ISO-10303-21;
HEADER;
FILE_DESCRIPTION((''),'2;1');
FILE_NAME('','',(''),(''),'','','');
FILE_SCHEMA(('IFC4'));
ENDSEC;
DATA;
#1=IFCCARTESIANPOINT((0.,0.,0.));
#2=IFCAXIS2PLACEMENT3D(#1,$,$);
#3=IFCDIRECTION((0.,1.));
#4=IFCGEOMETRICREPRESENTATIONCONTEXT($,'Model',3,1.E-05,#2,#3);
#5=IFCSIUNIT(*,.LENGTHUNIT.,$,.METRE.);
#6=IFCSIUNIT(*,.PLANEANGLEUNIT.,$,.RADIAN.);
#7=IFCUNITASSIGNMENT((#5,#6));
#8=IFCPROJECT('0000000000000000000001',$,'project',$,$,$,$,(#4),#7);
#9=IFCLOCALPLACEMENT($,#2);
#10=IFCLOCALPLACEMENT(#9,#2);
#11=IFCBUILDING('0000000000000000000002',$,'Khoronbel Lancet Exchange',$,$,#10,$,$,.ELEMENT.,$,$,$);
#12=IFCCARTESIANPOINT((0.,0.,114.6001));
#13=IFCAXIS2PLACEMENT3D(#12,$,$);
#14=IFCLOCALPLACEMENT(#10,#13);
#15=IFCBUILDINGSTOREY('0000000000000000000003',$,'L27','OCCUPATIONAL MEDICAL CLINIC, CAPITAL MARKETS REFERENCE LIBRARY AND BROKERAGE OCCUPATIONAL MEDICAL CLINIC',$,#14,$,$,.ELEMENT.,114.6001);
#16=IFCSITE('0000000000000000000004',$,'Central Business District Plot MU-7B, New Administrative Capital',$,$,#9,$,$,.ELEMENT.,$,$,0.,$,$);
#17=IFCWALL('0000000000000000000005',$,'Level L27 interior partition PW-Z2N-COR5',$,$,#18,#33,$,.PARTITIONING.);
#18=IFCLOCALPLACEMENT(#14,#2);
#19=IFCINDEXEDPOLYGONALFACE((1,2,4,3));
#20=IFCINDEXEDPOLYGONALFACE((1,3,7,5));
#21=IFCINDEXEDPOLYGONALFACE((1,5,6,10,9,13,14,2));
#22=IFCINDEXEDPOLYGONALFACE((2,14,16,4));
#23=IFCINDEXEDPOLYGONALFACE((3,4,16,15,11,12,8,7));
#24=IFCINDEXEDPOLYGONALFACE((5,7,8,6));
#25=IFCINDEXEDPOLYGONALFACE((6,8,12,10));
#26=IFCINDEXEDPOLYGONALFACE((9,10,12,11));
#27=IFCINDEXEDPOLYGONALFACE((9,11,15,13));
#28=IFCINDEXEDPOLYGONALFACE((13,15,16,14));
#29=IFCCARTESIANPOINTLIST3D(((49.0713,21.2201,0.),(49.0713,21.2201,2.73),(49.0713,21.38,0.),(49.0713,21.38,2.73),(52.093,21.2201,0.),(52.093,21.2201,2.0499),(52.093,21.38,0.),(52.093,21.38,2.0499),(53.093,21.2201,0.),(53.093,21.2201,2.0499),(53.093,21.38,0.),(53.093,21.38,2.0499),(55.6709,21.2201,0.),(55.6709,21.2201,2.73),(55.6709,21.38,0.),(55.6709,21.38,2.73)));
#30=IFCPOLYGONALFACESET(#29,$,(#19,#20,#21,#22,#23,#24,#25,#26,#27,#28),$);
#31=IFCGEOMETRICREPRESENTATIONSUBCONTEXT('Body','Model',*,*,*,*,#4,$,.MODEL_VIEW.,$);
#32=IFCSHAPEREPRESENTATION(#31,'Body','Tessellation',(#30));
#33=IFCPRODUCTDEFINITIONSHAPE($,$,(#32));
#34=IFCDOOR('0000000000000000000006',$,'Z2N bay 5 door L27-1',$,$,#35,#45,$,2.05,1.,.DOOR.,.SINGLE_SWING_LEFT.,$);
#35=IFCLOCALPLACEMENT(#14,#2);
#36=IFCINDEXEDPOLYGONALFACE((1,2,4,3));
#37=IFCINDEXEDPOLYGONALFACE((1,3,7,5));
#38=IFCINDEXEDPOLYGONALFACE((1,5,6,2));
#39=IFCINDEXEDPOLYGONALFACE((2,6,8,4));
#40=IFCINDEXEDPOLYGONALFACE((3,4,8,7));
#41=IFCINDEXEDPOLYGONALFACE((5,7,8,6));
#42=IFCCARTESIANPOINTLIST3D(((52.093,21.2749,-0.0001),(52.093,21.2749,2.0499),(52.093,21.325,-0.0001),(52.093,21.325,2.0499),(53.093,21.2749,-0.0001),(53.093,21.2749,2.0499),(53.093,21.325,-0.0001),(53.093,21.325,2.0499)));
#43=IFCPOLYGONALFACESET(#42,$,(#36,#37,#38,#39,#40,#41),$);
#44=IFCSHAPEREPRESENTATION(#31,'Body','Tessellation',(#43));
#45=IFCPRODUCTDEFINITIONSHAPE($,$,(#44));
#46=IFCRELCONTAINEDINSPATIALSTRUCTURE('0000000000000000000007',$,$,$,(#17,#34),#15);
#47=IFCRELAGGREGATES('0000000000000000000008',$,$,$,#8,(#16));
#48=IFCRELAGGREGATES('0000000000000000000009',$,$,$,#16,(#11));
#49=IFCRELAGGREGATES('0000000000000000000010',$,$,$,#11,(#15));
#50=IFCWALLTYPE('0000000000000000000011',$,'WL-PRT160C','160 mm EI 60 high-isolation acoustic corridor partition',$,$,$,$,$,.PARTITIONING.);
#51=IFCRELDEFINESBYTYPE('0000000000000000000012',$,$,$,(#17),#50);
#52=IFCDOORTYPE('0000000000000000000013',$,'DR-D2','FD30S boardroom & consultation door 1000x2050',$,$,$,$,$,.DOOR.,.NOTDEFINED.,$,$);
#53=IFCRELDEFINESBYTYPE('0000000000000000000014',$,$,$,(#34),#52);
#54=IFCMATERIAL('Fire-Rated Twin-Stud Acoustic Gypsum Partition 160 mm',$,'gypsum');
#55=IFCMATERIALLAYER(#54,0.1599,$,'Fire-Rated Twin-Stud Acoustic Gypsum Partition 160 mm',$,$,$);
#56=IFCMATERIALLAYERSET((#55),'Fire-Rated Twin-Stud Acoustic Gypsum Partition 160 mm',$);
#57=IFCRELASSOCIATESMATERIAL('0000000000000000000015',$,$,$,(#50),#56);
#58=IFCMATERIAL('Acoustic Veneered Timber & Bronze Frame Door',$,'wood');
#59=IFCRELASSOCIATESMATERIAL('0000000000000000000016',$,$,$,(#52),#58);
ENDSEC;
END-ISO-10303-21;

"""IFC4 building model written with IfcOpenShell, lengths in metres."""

from ifc_helpers import new_model, si_unit, direction, frame, frame_2d, origin, place, context, subcontext, project, spatial, rectangle, extrude, material, layer, layer_set, type_object, element, fill, save


model = new_model("IFC4")

# Units and contexts
model_context = context("Model", 3, precision=1e-05, world=origin(), true_north=direction((0.0, 1.0)))
body_context = subcontext(model_context, "Body", "Model", "MODEL_VIEW")
ifc_project = project(units=[si_unit("LENGTHUNIT", "METRE"), si_unit("PLANEANGLEUNIT", "RADIAN")], contexts=[model_context])

# Site, building, storey
site_placement = place(None, origin())
site = spatial("IfcSite", under=ifc_project, at=site_placement, Name="Central Business District Plot MU-7B, New Administrative Capital", CompositionType="ELEMENT", RefElevation=0.0)
building_placement = place(site_placement, origin())
building = spatial("IfcBuilding", under=site, at=building_placement, Name="Khoronbel Lancet Exchange", CompositionType="ELEMENT")
storey_placement = place(building_placement, frame((0.0, 0.0, 114.6001)))
storey = spatial("IfcBuildingStorey", under=building, at=storey_placement, Name="L27", Description="OCCUPATIONAL MEDICAL CLINIC, CAPITAL MARKETS REFERENCE LIBRARY AND BROKERAGE OCCUPATIONAL MEDICAL CLINIC", CompositionType="ELEMENT", Elevation=114.6001)

# Wall, opening, door
ifc_material_1 = material(Name="Fire-Rated Twin-Stud Acoustic Gypsum Partition 160 mm", Category="gypsum")
ifc_layer_1 = layer(ifc_material_1, 0.1599, Name="Fire-Rated Twin-Stud Acoustic Gypsum Partition 160 mm")
ifc_layer_set_1 = layer_set([ifc_layer_1], Name="Fire-Rated Twin-Stud Acoustic Gypsum Partition 160 mm")
wall_type_1 = type_object("IfcWallType", Name="WL-PRT160C", Description="160 mm EI 60 high-isolation acoustic corridor partition", PredefinedType="PARTITIONING", material=ifc_layer_set_1)
ifc_material_2 = material(Name="Acoustic Veneered Timber & Bronze Frame Door", Category="wood")
door_type_1 = type_object("IfcDoorType", Name="DR-D2", Description="FD30S boardroom & consultation door 1000x2050", OperationType="NOTDEFINED", PredefinedType="DOOR", material=ifc_material_2)
wall_1_placement = place(storey_placement, frame((49.0713, 21.3, 0.0), z_axis=(0.0, 0.0, 1.0), x_axis=(1.0, 0.0, 0.0)))
wall_1 = element("IfcWall", 1, at=wall_1_placement, inside=storey, type_object=wall_type_1, Name="Level L27 interior partition PW-Z2N-COR5", PredefinedType="PARTITIONING", context=body_context, shape_type="SweptSolid", body=[
    extrude(rectangle(XDim=6.5996, YDim=0.1599, at=frame_2d((3.2998, 0.0))), origin(), (0.0, 0.0, 1.0), 2.73),
])
opening_1_placement = place(wall_1_placement, frame((3.0217, 0.0, 0.0)))
opening_1 = element("IfcOpeningElement", 2, at=opening_1_placement, cuts=wall_1, PredefinedType="OPENING", context=body_context, shape_type="SweptSolid", body=[
    extrude(rectangle(XDim=1.0, YDim=2.05, at=frame_2d((0.5, 1.0249))), frame((0.0, 0.0898, 0.0), z_axis=(0.0, -1.0, 0.0), x_axis=(1.0, 0.0, 0.0)), (0.0, 0.0, 1.0), 0.1799),
])
door_1_placement = place(opening_1_placement, origin())
door_1 = element("IfcDoor", 3, at=door_1_placement, inside=storey, type_object=door_type_1, Name="Z2N bay 5 door L27-1", OperationType="SINGLE_SWING_LEFT", OverallHeight=2.05, OverallWidth=1.0, PredefinedType="DOOR", context=body_context, shape_type="SweptSolid", body=[
    extrude(rectangle(XDim=1.0, YDim=2.05, at=frame_2d((0.5, 1.0249))), frame((0.0, 0.0249, 0.0), z_axis=(0.0, -1.0, 0.0), x_axis=(1.0, 0.0, 0.0)), (0.0, 0.0, 1.0), 0.05),
])
fill(opening_1, door_1)

save(model, "model.ifc")
